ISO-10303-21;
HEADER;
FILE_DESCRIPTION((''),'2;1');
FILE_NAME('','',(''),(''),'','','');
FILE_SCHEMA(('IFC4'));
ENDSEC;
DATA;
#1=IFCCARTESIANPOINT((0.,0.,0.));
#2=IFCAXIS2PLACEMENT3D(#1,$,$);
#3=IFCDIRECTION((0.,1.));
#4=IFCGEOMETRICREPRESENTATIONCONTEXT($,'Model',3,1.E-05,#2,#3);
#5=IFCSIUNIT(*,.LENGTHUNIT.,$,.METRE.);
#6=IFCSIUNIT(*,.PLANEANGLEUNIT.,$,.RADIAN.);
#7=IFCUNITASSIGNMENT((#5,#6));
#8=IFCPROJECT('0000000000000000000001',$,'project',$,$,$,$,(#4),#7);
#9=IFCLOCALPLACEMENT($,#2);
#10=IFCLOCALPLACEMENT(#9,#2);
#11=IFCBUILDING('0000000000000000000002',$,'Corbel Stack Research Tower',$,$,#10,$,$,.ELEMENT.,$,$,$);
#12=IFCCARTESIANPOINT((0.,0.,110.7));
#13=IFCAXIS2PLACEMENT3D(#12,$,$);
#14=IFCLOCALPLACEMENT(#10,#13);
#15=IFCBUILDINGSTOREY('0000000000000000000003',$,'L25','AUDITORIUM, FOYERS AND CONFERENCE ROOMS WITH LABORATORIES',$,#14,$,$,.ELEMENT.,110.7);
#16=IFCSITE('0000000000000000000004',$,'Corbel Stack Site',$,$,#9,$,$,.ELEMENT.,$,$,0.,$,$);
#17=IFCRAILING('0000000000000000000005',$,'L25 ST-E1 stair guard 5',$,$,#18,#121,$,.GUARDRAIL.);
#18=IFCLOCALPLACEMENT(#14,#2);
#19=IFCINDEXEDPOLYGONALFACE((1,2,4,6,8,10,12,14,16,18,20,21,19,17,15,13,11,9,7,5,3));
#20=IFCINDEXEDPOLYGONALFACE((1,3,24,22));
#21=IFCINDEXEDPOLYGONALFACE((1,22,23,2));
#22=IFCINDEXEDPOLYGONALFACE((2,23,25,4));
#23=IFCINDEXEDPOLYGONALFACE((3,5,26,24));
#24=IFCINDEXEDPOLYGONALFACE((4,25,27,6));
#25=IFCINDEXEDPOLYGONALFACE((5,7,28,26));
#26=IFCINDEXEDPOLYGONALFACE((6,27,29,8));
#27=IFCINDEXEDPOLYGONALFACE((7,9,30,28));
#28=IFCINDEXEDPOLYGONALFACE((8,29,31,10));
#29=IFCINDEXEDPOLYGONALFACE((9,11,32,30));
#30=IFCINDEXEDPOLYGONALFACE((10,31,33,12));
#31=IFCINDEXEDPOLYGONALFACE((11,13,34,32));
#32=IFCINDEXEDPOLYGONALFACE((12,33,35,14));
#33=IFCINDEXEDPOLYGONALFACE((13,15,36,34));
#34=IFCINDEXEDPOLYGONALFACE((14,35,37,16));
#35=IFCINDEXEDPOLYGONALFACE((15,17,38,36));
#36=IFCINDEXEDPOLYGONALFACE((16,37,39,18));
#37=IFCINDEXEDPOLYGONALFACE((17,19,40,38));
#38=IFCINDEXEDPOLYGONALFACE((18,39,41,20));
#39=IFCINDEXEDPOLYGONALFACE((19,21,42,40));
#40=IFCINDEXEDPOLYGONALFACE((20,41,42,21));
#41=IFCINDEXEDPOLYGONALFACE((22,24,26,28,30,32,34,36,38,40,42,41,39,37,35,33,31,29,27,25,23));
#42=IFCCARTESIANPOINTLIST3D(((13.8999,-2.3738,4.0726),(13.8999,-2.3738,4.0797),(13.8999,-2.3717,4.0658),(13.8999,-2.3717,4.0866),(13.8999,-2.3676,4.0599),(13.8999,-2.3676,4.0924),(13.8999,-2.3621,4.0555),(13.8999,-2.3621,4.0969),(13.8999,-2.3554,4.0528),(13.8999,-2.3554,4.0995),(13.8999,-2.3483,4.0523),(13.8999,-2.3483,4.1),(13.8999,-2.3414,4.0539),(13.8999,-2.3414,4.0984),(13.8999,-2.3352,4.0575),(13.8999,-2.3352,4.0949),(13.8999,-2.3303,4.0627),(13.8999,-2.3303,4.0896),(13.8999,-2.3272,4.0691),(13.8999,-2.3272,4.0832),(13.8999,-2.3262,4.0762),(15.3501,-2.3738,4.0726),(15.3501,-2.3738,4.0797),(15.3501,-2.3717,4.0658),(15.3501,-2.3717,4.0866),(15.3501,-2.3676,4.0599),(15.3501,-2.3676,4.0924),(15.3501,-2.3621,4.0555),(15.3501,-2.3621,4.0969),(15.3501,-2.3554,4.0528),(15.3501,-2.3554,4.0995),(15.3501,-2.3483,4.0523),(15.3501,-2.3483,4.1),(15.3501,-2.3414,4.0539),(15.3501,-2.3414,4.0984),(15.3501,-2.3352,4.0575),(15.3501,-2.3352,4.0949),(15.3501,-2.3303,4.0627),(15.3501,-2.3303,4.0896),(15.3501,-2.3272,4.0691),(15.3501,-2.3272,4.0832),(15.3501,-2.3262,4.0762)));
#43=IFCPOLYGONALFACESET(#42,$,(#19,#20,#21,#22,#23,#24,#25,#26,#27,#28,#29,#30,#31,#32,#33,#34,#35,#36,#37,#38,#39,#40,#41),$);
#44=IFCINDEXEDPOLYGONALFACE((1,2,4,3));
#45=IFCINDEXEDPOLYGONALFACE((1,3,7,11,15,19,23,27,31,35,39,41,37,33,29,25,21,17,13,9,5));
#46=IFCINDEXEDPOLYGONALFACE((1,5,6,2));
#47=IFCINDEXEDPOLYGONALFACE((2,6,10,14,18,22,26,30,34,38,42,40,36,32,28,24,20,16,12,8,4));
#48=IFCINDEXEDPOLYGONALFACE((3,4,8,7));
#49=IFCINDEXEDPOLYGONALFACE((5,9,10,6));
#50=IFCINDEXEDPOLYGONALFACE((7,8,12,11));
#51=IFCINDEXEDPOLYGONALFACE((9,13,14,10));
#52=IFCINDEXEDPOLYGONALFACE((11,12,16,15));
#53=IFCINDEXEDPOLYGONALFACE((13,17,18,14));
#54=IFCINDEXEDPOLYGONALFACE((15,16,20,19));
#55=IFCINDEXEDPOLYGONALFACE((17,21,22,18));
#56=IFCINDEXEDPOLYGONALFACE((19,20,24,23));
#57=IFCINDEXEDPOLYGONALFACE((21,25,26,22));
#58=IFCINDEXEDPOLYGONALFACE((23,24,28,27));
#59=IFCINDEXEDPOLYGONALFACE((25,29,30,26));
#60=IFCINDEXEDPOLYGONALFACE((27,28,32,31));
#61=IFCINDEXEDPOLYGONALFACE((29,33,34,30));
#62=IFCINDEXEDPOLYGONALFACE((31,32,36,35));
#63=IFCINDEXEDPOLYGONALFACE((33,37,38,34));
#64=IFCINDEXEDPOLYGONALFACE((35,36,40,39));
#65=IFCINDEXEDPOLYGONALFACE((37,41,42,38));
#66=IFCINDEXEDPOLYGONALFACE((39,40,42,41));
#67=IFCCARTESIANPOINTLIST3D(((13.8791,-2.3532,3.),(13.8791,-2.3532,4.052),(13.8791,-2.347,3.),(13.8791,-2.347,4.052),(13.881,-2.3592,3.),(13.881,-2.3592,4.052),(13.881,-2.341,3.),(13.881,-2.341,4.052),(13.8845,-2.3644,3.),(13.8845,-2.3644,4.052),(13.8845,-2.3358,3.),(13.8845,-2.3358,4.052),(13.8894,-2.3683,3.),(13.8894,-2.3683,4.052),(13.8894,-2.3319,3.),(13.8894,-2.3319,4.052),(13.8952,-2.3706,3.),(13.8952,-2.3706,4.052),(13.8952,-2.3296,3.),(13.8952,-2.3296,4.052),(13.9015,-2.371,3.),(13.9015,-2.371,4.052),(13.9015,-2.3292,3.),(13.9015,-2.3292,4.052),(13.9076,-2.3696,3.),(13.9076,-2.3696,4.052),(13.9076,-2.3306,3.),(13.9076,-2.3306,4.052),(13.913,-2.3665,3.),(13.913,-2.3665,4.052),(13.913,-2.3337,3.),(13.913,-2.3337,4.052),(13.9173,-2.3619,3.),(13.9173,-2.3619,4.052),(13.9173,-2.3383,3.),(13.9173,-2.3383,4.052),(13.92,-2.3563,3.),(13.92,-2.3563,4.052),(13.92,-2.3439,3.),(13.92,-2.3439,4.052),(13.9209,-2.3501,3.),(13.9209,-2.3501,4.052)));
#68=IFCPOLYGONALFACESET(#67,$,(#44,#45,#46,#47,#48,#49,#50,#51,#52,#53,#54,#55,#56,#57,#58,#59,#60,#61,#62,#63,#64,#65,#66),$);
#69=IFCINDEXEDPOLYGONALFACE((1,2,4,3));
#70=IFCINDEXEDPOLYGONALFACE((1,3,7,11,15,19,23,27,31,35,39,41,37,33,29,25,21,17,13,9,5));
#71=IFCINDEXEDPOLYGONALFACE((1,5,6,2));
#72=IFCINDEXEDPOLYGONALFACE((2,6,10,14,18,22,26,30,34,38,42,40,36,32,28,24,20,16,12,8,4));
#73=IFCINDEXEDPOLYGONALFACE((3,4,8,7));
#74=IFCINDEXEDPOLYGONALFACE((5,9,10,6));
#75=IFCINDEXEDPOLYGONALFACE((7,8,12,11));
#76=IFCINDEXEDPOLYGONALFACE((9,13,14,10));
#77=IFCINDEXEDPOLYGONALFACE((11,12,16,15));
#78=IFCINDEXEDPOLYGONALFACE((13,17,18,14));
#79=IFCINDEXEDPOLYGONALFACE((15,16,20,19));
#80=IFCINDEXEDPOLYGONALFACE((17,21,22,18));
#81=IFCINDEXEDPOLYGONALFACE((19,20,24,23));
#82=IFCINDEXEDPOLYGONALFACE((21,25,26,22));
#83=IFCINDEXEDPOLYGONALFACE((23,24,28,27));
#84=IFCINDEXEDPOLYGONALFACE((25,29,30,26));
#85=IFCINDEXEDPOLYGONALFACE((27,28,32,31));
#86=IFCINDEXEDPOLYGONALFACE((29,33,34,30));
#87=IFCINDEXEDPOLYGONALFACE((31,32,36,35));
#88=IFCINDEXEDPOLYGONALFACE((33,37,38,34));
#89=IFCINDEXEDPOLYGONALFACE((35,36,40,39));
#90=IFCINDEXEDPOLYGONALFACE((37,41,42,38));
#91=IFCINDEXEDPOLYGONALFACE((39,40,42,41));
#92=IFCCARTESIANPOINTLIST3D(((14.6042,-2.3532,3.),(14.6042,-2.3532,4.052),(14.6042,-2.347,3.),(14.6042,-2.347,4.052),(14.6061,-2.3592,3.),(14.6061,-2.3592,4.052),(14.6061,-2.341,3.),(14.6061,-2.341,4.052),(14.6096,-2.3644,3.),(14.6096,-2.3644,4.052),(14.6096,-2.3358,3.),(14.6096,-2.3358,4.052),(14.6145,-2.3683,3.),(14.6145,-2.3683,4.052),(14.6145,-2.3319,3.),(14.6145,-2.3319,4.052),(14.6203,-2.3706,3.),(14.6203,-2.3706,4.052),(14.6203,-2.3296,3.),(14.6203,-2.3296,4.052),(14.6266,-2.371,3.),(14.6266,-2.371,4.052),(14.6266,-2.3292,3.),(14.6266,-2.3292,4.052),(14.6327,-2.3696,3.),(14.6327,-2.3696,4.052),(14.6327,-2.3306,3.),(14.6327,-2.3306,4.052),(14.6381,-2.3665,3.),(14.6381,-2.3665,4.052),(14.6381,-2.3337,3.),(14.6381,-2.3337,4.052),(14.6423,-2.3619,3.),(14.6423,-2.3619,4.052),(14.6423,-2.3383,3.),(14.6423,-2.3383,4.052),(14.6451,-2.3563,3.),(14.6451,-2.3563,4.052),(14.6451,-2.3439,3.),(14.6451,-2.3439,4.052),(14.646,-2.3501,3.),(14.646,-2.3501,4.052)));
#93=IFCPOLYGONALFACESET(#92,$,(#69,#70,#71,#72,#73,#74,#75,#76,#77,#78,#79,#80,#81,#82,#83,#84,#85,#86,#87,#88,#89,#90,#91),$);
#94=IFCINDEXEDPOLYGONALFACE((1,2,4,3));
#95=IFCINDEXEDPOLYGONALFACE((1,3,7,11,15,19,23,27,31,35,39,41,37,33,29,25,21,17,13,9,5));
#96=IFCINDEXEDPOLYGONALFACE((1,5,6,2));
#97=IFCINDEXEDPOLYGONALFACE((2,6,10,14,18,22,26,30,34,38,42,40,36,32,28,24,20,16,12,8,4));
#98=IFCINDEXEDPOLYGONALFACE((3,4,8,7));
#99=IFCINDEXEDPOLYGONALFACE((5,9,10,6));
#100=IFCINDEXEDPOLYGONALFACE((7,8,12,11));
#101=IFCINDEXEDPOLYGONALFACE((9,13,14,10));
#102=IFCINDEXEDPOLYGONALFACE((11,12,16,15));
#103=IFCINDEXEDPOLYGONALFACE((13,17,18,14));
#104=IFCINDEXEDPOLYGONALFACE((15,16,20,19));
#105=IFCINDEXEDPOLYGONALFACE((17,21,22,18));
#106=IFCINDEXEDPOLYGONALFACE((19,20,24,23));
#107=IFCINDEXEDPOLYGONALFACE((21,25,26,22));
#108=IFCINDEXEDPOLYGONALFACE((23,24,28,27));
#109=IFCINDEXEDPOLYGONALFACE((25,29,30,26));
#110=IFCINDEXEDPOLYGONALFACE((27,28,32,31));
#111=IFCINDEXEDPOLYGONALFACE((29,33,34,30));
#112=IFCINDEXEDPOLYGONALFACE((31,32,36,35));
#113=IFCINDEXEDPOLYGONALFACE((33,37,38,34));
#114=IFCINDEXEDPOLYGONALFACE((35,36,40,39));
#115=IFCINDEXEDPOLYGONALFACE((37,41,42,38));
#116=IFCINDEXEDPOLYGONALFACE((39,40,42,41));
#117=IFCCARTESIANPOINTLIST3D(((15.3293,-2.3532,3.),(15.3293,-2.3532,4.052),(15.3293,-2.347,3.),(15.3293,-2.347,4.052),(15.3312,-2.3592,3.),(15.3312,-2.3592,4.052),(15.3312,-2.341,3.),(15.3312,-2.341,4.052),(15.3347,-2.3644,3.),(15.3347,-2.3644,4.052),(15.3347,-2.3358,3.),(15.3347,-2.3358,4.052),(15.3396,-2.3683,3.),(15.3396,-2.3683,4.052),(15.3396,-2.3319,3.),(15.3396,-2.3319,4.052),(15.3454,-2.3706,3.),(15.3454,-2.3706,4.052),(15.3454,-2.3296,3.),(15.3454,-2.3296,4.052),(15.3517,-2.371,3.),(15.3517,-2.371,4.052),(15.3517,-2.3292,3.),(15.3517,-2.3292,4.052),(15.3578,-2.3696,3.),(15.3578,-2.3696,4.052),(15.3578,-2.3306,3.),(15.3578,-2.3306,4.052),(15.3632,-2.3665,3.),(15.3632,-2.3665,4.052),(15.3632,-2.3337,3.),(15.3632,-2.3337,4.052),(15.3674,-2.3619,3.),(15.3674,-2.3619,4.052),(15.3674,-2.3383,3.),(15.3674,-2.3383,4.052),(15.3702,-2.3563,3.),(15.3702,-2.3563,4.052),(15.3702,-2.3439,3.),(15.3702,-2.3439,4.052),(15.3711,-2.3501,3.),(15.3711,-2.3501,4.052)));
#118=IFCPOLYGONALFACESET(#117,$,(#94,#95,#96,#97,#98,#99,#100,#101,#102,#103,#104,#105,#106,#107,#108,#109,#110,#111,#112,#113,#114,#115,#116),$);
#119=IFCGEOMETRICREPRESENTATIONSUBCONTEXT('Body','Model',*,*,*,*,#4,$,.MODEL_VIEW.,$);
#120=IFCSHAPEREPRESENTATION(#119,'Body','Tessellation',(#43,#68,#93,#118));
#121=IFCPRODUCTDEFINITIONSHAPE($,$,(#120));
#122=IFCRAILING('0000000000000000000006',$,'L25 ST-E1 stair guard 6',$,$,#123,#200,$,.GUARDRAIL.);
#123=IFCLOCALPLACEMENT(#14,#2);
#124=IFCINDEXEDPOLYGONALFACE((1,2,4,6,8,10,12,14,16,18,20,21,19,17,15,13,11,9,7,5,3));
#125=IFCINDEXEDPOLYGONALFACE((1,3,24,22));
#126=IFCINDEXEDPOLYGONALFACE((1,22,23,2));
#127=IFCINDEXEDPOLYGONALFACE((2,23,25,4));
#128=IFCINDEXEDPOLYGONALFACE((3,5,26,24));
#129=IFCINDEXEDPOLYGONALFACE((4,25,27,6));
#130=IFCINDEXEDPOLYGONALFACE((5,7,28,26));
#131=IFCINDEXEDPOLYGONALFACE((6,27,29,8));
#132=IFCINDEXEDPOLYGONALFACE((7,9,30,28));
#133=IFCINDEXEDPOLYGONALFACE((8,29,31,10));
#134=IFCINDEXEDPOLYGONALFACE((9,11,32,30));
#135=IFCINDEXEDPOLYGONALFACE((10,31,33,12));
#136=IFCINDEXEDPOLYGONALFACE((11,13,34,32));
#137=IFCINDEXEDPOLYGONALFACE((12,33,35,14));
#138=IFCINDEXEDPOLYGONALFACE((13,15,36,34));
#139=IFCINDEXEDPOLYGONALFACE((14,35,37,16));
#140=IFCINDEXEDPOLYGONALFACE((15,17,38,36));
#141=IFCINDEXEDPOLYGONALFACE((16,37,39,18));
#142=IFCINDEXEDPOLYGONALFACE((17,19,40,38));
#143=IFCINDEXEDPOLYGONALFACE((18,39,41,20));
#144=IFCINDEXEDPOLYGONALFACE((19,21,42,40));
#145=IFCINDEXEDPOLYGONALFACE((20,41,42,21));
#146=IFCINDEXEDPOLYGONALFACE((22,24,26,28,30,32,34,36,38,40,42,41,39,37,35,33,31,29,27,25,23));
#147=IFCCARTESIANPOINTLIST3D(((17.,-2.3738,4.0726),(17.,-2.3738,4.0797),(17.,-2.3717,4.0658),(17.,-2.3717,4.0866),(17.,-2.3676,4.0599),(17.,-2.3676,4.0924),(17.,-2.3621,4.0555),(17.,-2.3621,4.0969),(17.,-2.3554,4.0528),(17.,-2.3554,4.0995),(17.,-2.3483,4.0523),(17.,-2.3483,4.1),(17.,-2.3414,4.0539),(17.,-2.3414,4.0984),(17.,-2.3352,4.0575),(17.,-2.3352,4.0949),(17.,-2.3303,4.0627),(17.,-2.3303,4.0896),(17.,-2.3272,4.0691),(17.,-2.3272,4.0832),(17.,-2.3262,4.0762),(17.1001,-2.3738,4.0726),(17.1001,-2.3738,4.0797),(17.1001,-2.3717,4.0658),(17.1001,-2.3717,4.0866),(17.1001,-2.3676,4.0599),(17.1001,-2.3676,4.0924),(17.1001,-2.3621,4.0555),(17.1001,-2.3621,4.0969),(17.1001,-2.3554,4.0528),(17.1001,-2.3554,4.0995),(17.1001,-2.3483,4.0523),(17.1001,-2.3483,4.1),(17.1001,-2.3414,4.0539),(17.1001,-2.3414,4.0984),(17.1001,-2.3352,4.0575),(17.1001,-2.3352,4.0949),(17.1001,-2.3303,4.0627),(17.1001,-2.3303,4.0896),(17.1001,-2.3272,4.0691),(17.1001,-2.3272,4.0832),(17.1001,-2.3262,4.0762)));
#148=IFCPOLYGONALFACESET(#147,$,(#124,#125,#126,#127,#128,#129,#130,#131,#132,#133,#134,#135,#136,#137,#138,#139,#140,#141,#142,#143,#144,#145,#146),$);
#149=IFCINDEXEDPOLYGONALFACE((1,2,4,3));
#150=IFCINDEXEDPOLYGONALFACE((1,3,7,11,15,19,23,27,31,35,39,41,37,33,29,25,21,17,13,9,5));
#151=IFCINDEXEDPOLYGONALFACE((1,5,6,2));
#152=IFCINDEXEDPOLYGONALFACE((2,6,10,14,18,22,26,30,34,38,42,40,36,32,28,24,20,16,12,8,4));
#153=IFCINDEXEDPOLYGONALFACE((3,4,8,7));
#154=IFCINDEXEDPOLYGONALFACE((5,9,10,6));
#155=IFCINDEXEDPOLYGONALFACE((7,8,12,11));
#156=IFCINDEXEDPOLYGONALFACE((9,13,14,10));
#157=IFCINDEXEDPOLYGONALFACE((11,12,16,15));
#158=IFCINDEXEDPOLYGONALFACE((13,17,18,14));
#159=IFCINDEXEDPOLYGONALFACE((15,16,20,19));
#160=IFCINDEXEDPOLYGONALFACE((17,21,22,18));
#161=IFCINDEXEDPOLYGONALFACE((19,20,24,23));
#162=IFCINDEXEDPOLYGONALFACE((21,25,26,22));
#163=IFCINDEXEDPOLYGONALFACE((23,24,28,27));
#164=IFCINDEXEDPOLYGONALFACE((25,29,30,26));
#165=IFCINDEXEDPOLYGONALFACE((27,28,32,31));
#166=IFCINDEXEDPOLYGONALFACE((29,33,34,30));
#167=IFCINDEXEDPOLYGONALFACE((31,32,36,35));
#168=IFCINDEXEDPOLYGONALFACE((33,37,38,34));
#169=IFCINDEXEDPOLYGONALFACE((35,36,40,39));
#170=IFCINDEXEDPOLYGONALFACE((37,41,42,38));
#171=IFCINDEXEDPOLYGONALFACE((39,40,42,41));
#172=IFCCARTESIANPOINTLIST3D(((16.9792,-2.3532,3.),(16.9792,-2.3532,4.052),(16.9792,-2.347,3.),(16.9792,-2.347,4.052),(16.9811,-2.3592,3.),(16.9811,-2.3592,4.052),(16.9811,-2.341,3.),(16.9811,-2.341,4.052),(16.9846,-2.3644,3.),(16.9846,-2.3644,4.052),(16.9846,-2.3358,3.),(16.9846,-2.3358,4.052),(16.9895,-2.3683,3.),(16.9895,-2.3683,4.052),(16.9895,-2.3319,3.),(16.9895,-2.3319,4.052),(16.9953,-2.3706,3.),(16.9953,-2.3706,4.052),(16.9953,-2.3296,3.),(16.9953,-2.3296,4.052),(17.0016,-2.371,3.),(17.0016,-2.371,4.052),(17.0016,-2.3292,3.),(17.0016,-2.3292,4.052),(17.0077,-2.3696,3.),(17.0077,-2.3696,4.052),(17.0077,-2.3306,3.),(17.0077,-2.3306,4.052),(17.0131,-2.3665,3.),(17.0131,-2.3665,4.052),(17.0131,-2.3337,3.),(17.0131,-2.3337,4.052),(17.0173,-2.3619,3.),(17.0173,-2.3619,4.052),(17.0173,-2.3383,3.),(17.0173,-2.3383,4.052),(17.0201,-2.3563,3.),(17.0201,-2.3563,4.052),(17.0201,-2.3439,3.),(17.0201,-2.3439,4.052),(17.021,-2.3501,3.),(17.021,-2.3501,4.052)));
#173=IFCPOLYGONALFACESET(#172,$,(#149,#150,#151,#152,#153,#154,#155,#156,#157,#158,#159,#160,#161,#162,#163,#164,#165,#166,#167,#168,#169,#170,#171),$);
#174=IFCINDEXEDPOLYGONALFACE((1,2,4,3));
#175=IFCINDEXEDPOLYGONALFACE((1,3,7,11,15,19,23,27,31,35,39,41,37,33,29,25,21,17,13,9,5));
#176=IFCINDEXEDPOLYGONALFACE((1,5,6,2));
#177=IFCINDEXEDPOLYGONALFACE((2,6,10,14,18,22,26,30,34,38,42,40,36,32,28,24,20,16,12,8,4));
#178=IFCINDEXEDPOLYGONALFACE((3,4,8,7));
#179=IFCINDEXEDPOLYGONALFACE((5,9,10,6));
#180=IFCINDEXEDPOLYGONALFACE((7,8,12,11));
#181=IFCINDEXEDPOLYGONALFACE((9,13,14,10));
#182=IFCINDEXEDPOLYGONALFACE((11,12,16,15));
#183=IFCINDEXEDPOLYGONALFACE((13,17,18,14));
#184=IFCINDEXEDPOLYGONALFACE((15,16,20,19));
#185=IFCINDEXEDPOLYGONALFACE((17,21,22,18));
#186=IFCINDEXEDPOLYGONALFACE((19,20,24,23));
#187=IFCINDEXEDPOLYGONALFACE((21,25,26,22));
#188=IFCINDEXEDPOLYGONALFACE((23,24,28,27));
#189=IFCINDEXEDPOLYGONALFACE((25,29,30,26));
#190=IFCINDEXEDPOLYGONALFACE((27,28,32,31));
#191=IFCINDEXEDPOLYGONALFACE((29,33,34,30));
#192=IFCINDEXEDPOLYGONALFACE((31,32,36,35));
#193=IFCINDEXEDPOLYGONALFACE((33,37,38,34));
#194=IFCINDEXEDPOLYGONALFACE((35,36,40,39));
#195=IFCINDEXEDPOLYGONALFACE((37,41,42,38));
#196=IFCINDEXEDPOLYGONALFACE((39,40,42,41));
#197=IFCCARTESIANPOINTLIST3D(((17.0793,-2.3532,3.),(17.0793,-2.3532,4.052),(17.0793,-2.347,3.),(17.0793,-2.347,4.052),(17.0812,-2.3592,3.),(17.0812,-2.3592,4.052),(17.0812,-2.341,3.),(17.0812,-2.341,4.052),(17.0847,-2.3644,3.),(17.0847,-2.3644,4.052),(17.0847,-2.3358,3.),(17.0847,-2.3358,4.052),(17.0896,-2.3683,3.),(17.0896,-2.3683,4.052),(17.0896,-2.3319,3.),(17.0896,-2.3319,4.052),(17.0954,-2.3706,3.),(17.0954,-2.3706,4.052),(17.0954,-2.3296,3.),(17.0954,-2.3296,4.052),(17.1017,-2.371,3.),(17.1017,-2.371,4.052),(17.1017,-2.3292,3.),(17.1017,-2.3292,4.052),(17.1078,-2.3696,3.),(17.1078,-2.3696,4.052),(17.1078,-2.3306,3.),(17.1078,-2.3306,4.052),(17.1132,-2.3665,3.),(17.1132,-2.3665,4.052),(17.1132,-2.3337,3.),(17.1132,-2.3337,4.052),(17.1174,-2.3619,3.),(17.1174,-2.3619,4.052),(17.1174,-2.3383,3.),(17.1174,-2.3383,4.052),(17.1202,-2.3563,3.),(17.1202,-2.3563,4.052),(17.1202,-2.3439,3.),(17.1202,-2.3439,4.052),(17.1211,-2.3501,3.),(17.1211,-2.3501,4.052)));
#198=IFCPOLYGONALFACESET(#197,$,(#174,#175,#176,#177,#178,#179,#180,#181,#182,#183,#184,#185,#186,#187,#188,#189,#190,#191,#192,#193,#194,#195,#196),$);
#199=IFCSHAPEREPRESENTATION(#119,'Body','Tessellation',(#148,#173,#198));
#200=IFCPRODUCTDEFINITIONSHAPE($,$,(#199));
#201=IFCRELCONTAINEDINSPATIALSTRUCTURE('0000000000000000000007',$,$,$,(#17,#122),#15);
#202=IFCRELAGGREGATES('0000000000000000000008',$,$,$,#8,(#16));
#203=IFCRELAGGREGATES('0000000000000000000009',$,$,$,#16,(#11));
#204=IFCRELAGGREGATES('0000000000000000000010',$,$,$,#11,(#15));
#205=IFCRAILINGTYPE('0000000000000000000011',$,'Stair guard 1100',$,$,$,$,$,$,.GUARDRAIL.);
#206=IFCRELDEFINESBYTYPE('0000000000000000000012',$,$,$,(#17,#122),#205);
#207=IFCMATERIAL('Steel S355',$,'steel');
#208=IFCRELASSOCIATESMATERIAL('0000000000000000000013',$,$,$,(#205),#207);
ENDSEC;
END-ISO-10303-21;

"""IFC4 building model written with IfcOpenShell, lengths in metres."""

from ifc_helpers import new_model, si_unit, direction, frame, origin, origin_2d, place, context, subcontext, project, spatial, circle, extrude, material, type_object, element, save


model = new_model("IFC4")

# Units and contexts
model_context = context("Model", 3, precision=1e-05, world=origin(), true_north=direction((0.0, 1.0)))
body_context = subcontext(model_context, "Body", "Model", "MODEL_VIEW")
ifc_project = project(units=[si_unit("LENGTHUNIT", "METRE"), si_unit("PLANEANGLEUNIT", "RADIAN")], contexts=[model_context])

# Site, building, storey
site_placement = place(None, origin())
site = spatial("IfcSite", under=ifc_project, at=site_placement, Name="Corbel Stack Site", CompositionType="ELEMENT", RefElevation=0.0)
building_placement = place(site_placement, origin())
building = spatial("IfcBuilding", under=site, at=building_placement, Name="Corbel Stack Research Tower", CompositionType="ELEMENT")
storey_placement = place(building_placement, frame((0.0, 0.0, 110.7)))
storey = spatial("IfcBuildingStorey", under=building, at=storey_placement, Name="L25", Description="AUDITORIUM, FOYERS AND CONFERENCE ROOMS WITH LABORATORIES", CompositionType="ELEMENT", Elevation=110.7)

# Railings
ifc_material_1 = material(Name="Steel S355", Category="steel")
railing_type_1 = type_object("IfcRailingType", Name="Stair guard 1100", PredefinedType="GUARDRAIL", material=ifc_material_1)
railing_1_placement = place(storey_placement, frame((13.8999, -2.3501, 3.0)))
element("IfcRailing", 1, at=railing_1_placement, inside=storey, type_object=railing_type_1, Name="L25 ST-E1 stair guard 5", PredefinedType="GUARDRAIL", context=body_context, shape_type="SweptSolid", body=[
    extrude(circle(Radius=0.0239, at=origin_2d()), frame((0.0, 0.0, 1.0762), z_axis=(1.0, 0.0, 0.0), x_axis=(0.0, 1.0, 0.0)), (0.0, 0.0, 1.0), 1.4502),
    extrude(circle(Radius=0.021, at=origin_2d()), origin(), (0.0, 0.0, 1.0), 1.052),
    extrude(circle(Radius=0.021, at=origin_2d()), frame((0.7251, 0.0, 0.0)), (0.0, 0.0, 1.0), 1.052),
    extrude(circle(Radius=0.021, at=origin_2d()), frame((1.4502, 0.0, 0.0)), (0.0, 0.0, 1.0), 1.052),
])
railing_2_placement = place(storey_placement, frame((17.0, -2.3501, 3.0)))
element("IfcRailing", 2, at=railing_2_placement, inside=storey, type_object=railing_type_1, Name="L25 ST-E1 stair guard 6", PredefinedType="GUARDRAIL", context=body_context, shape_type="SweptSolid", body=[
    extrude(circle(Radius=0.0239, at=origin_2d()), frame((0.0, 0.0, 1.0762), z_axis=(1.0, 0.0, 0.0), x_axis=(0.0, 1.0, 0.0)), (0.0, 0.0, 1.0), 0.1001),
    extrude(circle(Radius=0.021, at=origin_2d()), origin(), (0.0, 0.0, 1.0), 1.052),
    extrude(circle(Radius=0.021, at=origin_2d()), frame((0.1001, 0.0, 0.0)), (0.0, 0.0, 1.0), 1.052),
])

save(model, "model.ifc")
